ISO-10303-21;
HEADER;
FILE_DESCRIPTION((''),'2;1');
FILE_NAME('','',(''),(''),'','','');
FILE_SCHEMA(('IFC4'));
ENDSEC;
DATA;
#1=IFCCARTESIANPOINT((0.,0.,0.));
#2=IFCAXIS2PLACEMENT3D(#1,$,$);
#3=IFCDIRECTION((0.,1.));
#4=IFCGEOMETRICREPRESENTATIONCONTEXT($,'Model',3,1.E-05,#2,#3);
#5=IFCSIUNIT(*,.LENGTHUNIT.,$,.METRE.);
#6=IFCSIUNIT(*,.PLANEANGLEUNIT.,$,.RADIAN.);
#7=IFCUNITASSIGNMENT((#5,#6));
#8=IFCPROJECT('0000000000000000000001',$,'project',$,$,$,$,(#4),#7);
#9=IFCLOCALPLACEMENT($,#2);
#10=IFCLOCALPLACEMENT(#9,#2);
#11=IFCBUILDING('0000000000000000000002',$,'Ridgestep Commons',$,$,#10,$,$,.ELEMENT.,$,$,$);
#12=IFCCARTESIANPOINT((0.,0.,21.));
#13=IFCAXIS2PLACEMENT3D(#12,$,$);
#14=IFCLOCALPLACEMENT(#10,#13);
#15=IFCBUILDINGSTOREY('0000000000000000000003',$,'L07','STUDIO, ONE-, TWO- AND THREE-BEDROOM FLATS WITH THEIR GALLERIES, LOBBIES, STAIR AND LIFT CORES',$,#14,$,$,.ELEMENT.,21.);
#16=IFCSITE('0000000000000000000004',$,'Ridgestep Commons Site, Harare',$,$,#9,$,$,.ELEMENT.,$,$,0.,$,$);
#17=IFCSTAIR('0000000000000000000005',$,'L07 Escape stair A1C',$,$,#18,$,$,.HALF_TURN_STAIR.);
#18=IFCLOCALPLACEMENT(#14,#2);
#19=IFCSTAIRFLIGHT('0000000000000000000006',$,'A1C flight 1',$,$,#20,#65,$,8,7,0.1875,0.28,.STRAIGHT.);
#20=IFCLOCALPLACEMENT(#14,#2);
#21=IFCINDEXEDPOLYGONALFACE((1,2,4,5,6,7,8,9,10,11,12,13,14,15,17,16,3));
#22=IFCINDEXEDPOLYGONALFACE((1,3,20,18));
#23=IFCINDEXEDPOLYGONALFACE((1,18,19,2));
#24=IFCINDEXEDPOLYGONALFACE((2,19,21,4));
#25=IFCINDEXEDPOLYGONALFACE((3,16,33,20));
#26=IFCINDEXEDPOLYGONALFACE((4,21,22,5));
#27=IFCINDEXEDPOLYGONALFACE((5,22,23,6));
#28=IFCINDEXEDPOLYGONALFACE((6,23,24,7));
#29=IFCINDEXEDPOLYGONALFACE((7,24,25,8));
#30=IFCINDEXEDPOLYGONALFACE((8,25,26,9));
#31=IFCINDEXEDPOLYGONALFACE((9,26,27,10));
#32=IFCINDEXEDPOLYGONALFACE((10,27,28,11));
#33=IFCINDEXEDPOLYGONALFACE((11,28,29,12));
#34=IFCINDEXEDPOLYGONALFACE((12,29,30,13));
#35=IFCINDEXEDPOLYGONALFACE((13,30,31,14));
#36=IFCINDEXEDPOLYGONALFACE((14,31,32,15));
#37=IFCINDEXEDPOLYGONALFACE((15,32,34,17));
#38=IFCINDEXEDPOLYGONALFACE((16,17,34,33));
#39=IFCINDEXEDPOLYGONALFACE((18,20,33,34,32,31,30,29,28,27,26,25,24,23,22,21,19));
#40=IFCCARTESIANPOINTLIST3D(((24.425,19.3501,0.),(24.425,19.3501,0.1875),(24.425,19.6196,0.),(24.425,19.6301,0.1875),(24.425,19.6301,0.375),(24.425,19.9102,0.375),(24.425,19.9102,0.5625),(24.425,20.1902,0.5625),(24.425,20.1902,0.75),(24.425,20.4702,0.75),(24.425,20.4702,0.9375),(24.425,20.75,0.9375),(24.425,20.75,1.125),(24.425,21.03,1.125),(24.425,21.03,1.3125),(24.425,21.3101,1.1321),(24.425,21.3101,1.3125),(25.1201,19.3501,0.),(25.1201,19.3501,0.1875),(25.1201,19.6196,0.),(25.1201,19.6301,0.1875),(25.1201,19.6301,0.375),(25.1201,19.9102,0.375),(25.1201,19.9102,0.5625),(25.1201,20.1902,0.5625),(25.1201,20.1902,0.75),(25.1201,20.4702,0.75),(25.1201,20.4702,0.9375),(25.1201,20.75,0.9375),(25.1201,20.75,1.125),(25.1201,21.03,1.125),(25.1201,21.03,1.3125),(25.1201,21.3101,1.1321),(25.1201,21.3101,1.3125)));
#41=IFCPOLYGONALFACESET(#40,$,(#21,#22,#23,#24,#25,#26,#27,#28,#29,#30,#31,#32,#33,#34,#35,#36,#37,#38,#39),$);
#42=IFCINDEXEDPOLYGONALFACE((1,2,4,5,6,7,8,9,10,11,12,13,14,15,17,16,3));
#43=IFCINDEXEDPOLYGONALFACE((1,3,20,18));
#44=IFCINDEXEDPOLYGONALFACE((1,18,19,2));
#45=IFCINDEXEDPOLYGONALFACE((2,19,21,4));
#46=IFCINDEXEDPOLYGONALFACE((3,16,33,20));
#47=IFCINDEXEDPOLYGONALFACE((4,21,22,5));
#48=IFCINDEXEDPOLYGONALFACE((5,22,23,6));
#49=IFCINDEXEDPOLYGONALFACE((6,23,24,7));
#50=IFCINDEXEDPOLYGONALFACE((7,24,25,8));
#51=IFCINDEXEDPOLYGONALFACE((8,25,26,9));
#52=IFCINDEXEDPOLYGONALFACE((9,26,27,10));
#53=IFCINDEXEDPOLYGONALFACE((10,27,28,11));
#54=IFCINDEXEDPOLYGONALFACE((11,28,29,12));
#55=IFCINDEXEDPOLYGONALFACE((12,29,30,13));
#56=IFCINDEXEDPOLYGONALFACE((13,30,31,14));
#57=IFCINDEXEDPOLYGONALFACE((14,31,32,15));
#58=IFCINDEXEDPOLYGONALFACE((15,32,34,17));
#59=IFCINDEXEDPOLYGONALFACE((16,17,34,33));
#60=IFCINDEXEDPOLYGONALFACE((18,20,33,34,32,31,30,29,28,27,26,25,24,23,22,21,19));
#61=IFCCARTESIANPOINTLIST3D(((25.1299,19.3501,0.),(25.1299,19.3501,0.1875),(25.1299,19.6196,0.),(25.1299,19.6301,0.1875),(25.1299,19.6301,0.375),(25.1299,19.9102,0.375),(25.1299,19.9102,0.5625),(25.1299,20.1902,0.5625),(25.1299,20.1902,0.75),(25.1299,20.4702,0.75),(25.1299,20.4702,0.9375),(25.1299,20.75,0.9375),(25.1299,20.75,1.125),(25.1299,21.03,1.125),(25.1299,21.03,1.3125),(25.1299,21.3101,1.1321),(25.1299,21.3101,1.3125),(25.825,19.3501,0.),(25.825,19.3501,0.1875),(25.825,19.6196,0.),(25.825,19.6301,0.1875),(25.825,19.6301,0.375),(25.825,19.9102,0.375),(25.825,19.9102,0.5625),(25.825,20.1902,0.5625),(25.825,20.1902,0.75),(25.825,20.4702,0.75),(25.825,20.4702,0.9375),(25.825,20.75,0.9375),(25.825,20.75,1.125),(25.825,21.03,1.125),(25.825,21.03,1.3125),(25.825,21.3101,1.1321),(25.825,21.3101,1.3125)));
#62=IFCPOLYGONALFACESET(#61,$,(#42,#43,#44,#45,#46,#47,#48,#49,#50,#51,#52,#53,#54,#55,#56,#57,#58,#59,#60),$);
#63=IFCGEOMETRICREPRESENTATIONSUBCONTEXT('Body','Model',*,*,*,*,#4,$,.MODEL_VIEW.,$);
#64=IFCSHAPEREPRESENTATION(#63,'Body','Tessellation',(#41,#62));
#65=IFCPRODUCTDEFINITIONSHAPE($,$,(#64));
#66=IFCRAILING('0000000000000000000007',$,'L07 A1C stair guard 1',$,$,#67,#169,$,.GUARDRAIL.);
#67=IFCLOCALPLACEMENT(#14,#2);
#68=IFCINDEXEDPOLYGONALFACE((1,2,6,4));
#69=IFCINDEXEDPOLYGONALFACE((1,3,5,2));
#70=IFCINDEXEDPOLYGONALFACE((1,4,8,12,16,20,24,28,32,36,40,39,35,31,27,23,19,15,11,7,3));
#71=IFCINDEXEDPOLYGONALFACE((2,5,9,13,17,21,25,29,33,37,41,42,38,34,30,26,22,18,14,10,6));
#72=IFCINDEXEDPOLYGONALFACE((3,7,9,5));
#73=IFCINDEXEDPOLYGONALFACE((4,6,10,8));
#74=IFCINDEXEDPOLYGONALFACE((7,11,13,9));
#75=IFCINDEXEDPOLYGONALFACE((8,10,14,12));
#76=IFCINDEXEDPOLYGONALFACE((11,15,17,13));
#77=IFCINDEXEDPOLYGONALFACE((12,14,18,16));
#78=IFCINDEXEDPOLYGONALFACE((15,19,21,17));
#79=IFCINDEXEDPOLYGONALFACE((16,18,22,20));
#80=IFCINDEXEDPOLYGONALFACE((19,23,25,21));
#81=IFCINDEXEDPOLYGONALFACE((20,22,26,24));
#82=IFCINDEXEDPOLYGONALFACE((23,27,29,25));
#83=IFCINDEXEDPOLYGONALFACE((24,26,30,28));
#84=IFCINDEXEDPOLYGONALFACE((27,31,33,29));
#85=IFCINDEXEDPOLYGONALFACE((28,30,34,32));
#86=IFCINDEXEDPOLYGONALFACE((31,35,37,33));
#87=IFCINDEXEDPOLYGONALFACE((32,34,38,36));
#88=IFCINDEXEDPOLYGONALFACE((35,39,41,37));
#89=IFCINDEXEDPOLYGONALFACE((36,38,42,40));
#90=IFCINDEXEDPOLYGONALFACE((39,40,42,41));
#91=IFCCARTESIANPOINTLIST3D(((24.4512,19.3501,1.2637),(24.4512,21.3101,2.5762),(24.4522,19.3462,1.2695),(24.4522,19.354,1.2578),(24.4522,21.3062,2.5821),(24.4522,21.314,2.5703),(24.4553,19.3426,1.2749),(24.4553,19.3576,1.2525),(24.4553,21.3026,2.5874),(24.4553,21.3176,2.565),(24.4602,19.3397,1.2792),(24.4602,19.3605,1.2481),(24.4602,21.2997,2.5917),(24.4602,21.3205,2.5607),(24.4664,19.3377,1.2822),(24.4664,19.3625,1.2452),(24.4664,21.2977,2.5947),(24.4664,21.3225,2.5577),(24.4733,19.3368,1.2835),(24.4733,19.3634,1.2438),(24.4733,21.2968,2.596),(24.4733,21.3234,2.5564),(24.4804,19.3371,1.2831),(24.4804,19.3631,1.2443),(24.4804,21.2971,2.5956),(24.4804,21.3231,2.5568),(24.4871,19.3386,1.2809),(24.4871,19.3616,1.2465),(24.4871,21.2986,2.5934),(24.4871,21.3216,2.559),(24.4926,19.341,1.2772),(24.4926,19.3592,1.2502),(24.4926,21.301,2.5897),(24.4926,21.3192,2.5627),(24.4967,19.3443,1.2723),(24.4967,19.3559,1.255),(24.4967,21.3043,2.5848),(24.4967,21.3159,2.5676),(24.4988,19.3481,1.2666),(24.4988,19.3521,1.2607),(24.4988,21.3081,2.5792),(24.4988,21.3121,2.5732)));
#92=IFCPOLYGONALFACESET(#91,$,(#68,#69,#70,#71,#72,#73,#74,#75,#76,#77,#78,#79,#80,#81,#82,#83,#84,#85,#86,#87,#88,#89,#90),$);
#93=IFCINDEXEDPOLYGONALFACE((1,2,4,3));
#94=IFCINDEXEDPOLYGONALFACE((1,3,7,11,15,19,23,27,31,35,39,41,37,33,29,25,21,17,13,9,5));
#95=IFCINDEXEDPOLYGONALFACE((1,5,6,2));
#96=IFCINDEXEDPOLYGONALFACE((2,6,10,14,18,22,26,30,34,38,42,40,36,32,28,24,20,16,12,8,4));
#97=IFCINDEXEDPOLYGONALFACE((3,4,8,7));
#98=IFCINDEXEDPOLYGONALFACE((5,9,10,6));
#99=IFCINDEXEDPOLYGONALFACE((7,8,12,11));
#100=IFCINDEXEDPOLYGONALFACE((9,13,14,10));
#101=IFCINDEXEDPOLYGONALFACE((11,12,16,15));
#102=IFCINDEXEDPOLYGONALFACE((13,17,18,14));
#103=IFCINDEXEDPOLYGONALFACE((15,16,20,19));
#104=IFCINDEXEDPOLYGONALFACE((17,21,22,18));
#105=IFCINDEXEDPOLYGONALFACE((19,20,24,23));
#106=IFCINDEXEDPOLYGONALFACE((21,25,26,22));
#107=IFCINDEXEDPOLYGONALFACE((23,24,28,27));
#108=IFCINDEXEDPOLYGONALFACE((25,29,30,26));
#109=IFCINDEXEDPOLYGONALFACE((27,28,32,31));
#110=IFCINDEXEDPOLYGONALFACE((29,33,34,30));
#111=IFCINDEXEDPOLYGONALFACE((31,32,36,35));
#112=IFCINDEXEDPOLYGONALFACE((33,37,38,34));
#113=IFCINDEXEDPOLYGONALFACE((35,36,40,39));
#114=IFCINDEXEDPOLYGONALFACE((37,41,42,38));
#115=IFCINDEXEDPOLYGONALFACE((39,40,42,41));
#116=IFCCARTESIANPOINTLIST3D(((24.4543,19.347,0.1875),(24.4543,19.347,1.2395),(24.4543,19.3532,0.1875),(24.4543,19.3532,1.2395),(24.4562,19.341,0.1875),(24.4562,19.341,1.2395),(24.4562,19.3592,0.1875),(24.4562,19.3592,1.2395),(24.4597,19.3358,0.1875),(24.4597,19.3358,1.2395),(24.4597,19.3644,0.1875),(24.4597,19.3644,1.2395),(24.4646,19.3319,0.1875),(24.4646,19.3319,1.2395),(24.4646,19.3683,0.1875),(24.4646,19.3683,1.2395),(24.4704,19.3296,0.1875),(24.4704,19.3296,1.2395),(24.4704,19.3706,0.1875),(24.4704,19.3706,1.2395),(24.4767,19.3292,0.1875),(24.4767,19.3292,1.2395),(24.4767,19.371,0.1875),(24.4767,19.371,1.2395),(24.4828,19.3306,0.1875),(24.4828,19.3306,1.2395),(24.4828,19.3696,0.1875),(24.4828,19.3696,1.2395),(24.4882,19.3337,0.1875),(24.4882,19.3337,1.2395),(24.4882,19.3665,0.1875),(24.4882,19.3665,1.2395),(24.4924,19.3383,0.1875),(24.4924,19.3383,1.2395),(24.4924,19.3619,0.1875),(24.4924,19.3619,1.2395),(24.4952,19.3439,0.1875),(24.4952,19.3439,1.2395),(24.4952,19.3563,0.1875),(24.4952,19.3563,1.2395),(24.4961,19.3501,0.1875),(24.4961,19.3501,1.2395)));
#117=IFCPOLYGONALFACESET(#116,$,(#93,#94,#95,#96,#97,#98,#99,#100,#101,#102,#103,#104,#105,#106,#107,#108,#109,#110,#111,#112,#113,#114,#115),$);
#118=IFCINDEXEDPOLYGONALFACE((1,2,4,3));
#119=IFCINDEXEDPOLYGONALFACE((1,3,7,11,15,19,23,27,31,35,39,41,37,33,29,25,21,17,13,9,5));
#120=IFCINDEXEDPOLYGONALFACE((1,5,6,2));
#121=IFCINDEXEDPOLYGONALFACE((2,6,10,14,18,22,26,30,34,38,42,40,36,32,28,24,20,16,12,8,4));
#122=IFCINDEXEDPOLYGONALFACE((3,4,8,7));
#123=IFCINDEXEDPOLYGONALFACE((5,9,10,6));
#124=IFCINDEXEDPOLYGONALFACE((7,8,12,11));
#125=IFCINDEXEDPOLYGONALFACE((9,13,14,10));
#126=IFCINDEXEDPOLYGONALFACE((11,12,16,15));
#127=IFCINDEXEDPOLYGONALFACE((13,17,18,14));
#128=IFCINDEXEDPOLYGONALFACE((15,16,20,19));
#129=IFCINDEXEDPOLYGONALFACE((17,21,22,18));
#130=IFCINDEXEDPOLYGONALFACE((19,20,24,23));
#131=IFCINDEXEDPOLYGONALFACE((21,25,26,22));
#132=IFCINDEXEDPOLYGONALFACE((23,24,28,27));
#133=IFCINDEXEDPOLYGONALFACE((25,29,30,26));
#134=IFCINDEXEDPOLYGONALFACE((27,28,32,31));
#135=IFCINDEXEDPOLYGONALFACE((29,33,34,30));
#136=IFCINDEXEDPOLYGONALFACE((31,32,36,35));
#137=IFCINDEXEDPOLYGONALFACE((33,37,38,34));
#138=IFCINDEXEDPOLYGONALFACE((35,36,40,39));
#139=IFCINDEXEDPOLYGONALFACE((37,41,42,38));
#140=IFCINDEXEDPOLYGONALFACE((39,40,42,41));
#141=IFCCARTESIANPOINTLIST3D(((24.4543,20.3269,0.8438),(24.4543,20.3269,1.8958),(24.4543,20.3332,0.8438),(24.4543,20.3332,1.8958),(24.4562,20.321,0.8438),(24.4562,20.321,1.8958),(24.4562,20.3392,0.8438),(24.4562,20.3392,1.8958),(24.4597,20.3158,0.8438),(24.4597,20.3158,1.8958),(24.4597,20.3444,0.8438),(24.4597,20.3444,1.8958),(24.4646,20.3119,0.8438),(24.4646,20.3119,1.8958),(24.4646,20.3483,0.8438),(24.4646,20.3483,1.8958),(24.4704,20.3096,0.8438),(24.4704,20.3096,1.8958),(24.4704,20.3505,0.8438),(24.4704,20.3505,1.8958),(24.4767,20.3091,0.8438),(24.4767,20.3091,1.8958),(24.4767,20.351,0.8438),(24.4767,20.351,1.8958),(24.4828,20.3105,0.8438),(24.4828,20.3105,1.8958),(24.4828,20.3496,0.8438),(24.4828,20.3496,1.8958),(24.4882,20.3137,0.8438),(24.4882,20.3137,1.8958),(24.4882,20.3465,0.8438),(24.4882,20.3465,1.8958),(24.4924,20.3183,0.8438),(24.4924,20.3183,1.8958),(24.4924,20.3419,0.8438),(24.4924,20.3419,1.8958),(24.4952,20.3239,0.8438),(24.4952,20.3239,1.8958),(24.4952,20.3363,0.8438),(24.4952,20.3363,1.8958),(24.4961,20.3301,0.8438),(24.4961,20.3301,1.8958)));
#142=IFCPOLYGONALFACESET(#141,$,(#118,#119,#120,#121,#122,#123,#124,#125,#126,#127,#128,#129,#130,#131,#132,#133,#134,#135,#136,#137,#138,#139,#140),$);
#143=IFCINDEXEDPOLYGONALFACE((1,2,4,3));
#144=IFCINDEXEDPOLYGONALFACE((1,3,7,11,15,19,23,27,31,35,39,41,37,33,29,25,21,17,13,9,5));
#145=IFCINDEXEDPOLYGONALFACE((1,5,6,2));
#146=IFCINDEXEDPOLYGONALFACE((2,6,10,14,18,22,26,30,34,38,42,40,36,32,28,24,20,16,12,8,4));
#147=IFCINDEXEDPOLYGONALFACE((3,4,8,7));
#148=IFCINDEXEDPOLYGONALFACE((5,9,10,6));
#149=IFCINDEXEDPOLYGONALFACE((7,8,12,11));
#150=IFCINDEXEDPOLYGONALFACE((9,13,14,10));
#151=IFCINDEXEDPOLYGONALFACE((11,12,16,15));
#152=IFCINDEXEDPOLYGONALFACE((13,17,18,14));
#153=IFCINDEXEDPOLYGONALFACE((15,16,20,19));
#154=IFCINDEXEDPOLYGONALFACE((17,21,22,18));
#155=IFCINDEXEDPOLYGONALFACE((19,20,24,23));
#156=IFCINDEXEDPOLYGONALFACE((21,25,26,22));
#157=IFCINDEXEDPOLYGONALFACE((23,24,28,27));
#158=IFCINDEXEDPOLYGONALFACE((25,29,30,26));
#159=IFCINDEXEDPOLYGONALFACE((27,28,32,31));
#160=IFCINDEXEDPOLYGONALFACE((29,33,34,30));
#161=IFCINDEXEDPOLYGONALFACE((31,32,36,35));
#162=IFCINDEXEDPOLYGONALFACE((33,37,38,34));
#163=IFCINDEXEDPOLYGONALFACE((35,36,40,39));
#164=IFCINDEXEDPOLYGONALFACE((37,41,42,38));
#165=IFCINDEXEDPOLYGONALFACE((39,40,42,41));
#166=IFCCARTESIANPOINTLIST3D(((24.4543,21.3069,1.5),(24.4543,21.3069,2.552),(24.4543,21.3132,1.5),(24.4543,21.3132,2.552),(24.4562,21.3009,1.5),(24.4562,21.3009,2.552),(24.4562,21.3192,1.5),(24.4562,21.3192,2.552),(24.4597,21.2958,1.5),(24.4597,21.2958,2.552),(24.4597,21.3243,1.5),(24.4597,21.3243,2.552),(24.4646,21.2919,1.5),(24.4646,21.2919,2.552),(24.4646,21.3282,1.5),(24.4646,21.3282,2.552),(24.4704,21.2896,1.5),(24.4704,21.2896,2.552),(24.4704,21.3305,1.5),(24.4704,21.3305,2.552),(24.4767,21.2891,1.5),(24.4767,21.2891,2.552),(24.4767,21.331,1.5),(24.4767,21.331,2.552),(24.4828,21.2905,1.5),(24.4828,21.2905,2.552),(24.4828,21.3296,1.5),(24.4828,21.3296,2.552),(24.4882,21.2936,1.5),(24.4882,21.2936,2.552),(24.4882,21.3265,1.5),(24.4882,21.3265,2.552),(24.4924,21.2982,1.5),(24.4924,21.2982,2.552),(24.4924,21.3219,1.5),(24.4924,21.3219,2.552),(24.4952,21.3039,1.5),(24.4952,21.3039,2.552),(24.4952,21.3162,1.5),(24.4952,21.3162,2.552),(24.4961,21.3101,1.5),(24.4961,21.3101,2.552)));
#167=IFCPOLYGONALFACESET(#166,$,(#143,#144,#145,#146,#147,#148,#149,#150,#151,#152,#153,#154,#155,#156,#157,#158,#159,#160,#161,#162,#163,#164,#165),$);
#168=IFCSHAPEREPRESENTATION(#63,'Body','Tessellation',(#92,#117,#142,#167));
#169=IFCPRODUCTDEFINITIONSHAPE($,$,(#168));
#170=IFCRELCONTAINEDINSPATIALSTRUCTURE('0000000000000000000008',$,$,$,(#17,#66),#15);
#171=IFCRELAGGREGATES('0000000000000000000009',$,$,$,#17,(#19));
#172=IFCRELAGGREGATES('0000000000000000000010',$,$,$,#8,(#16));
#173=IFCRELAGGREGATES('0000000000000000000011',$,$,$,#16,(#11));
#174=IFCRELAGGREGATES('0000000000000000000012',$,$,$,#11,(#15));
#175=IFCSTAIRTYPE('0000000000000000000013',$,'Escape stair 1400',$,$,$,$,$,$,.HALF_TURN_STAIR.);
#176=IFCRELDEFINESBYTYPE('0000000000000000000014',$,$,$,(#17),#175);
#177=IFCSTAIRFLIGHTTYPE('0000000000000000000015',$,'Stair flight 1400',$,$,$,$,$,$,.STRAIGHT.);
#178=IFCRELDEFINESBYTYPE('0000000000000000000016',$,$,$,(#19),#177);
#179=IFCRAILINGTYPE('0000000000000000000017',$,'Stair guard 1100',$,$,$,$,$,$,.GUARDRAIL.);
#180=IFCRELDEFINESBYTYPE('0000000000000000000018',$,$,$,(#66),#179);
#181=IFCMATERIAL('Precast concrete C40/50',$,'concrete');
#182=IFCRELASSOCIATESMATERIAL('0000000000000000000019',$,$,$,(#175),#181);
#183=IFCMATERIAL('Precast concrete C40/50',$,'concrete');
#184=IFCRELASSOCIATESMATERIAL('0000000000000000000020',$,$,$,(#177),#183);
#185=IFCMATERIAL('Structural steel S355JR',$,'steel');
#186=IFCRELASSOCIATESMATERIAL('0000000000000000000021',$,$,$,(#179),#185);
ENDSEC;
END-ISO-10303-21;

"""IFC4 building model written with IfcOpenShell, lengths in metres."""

from ifc_helpers import new_model, si_unit, direction, frame, origin, origin_2d, place, context, subcontext, project, spatial, polyline, circle, outline, extrude, material, type_object, element, aggregate, save


model = new_model("IFC4")

# Units and contexts
model_context = context("Model", 3, precision=1e-05, world=origin(), true_north=direction((0.0, 1.0)))
body_context = subcontext(model_context, "Body", "Model", "MODEL_VIEW")
ifc_project = project(units=[si_unit("LENGTHUNIT", "METRE"), si_unit("PLANEANGLEUNIT", "RADIAN")], contexts=[model_context])

# Site, building, storey
site_placement = place(None, origin())
site = spatial("IfcSite", under=ifc_project, at=site_placement, Name="Ridgestep Commons Site, Harare", CompositionType="ELEMENT", RefElevation=0.0)
building_placement = place(site_placement, origin())
building = spatial("IfcBuilding", under=site, at=building_placement, Name="Ridgestep Commons", CompositionType="ELEMENT")
storey_placement = place(building_placement, frame((0.0, 0.0, 21.0)))
storey = spatial("IfcBuildingStorey", under=building, at=storey_placement, Name="L07", Description="STUDIO, ONE-, TWO- AND THREE-BEDROOM FLATS WITH THEIR GALLERIES, LOBBIES, STAIR AND LIFT CORES", CompositionType="ELEMENT", Elevation=21.0)

# Stair, stair flight
ifc_material_1 = material(Name="Precast concrete C40/50", Category="concrete")
stair_type = type_object("IfcStairType", Name="Escape stair 1400", PredefinedType="HALF_TURN_STAIR", material=ifc_material_1)
stair_placement = place(storey_placement, origin())
stair = element("IfcStair", 1, at=stair_placement, inside=storey, type_object=stair_type, Name="L07 Escape stair A1C", PredefinedType="HALF_TURN_STAIR")
ifc_material_2 = material(Name="Precast concrete C40/50", Category="concrete")
stair_flight_type = type_object("IfcStairFlightType", Name="Stair flight 1400", PredefinedType="STRAIGHT", material=ifc_material_2)
stair_flight_placement = place(storey_placement, frame((25.125, 19.3501, 0.0), z_axis=(0.0, 0.0, 1.0), x_axis=(0.0, 1.0, 0.0)))
stair_flight = element("IfcStairFlight", 2, at=stair_flight_placement, type_object=stair_flight_type, Name="A1C flight 1", NumberOfRisers=8, NumberOfTreads=7, PredefinedType="STRAIGHT", RiserHeight=0.1875, TreadLength=0.28, context=body_context, shape_type="SweptSolid", body=[
    extrude(outline(polyline([(0.0, 0.0), (0.0, 0.1875), (0.28, 0.1875), (0.28, 0.375), (0.5601, 0.375), (0.5601, 0.5625), (0.8401, 0.5625), (0.8401, 0.75), (1.1201, 0.75), (1.1201, 0.9375), (1.3999, 0.9375), (1.3999, 1.125), (1.6799, 1.125), (1.6799, 1.3125), (1.96, 1.3125), (1.96, 1.5), (1.96, 1.1321), (0.2695, 0.0), (0.0, 0.0)])), frame((0.0, 0.7, 0.0), z_axis=(0.0, -1.0, 0.0), x_axis=(1.0, 0.0, 0.0)), (0.0, 0.0, 1.0), 0.6951),
    extrude(outline(polyline([(0.0, 0.0), (0.0, 0.1875), (0.28, 0.1875), (0.28, 0.375), (0.5601, 0.375), (0.5601, 0.5625), (0.8401, 0.5625), (0.8401, 0.75), (1.1201, 0.75), (1.1201, 0.9375), (1.3999, 0.9375), (1.3999, 1.125), (1.6799, 1.125), (1.6799, 1.3125), (1.96, 1.3125), (1.96, 1.5), (1.96, 1.1321), (0.2695, 0.0), (0.0, 0.0)])), frame((0.0, -0.0049, 0.0), z_axis=(0.0, -1.0, 0.0), x_axis=(1.0, 0.0, 0.0)), (0.0, 0.0, 1.0), 0.6951),
])
aggregate(stair, [stair_flight])

# Railing
ifc_material_3 = material(Name="Structural steel S355JR", Category="steel")
railing_type_1 = type_object("IfcRailingType", Name="Stair guard 1100", PredefinedType="GUARDRAIL", material=ifc_material_3)
railing_1_placement = place(storey_placement, frame((24.4751, 19.3501, 0.1875)))
element("IfcRailing", 3, at=railing_1_placement, inside=storey, type_object=railing_type_1, Name="L07 A1C stair guard 1", PredefinedType="GUARDRAIL", context=body_context, shape_type="SweptSolid", body=[
    extrude(circle(Radius=0.0239, at=origin_2d()), frame((0.0, 0.0, 1.0762), z_axis=(0.0, 0.830902, 0.556419), x_axis=(-1.0, 0.0, 0.0)), (0.0, 0.0, 1.0), 2.3589),
    extrude(circle(Radius=0.021, at=origin_2d()), origin(), (0.0, 0.0, 1.0), 1.052),
    extrude(circle(Radius=0.021, at=origin_2d()), frame((0.0, 0.98, 0.6562)), (0.0, 0.0, 1.0), 1.052),
    extrude(circle(Radius=0.021, at=origin_2d()), frame((0.0, 1.96, 1.3125)), (0.0, 0.0, 1.0), 1.052),
])

save(model, "model.ifc")
